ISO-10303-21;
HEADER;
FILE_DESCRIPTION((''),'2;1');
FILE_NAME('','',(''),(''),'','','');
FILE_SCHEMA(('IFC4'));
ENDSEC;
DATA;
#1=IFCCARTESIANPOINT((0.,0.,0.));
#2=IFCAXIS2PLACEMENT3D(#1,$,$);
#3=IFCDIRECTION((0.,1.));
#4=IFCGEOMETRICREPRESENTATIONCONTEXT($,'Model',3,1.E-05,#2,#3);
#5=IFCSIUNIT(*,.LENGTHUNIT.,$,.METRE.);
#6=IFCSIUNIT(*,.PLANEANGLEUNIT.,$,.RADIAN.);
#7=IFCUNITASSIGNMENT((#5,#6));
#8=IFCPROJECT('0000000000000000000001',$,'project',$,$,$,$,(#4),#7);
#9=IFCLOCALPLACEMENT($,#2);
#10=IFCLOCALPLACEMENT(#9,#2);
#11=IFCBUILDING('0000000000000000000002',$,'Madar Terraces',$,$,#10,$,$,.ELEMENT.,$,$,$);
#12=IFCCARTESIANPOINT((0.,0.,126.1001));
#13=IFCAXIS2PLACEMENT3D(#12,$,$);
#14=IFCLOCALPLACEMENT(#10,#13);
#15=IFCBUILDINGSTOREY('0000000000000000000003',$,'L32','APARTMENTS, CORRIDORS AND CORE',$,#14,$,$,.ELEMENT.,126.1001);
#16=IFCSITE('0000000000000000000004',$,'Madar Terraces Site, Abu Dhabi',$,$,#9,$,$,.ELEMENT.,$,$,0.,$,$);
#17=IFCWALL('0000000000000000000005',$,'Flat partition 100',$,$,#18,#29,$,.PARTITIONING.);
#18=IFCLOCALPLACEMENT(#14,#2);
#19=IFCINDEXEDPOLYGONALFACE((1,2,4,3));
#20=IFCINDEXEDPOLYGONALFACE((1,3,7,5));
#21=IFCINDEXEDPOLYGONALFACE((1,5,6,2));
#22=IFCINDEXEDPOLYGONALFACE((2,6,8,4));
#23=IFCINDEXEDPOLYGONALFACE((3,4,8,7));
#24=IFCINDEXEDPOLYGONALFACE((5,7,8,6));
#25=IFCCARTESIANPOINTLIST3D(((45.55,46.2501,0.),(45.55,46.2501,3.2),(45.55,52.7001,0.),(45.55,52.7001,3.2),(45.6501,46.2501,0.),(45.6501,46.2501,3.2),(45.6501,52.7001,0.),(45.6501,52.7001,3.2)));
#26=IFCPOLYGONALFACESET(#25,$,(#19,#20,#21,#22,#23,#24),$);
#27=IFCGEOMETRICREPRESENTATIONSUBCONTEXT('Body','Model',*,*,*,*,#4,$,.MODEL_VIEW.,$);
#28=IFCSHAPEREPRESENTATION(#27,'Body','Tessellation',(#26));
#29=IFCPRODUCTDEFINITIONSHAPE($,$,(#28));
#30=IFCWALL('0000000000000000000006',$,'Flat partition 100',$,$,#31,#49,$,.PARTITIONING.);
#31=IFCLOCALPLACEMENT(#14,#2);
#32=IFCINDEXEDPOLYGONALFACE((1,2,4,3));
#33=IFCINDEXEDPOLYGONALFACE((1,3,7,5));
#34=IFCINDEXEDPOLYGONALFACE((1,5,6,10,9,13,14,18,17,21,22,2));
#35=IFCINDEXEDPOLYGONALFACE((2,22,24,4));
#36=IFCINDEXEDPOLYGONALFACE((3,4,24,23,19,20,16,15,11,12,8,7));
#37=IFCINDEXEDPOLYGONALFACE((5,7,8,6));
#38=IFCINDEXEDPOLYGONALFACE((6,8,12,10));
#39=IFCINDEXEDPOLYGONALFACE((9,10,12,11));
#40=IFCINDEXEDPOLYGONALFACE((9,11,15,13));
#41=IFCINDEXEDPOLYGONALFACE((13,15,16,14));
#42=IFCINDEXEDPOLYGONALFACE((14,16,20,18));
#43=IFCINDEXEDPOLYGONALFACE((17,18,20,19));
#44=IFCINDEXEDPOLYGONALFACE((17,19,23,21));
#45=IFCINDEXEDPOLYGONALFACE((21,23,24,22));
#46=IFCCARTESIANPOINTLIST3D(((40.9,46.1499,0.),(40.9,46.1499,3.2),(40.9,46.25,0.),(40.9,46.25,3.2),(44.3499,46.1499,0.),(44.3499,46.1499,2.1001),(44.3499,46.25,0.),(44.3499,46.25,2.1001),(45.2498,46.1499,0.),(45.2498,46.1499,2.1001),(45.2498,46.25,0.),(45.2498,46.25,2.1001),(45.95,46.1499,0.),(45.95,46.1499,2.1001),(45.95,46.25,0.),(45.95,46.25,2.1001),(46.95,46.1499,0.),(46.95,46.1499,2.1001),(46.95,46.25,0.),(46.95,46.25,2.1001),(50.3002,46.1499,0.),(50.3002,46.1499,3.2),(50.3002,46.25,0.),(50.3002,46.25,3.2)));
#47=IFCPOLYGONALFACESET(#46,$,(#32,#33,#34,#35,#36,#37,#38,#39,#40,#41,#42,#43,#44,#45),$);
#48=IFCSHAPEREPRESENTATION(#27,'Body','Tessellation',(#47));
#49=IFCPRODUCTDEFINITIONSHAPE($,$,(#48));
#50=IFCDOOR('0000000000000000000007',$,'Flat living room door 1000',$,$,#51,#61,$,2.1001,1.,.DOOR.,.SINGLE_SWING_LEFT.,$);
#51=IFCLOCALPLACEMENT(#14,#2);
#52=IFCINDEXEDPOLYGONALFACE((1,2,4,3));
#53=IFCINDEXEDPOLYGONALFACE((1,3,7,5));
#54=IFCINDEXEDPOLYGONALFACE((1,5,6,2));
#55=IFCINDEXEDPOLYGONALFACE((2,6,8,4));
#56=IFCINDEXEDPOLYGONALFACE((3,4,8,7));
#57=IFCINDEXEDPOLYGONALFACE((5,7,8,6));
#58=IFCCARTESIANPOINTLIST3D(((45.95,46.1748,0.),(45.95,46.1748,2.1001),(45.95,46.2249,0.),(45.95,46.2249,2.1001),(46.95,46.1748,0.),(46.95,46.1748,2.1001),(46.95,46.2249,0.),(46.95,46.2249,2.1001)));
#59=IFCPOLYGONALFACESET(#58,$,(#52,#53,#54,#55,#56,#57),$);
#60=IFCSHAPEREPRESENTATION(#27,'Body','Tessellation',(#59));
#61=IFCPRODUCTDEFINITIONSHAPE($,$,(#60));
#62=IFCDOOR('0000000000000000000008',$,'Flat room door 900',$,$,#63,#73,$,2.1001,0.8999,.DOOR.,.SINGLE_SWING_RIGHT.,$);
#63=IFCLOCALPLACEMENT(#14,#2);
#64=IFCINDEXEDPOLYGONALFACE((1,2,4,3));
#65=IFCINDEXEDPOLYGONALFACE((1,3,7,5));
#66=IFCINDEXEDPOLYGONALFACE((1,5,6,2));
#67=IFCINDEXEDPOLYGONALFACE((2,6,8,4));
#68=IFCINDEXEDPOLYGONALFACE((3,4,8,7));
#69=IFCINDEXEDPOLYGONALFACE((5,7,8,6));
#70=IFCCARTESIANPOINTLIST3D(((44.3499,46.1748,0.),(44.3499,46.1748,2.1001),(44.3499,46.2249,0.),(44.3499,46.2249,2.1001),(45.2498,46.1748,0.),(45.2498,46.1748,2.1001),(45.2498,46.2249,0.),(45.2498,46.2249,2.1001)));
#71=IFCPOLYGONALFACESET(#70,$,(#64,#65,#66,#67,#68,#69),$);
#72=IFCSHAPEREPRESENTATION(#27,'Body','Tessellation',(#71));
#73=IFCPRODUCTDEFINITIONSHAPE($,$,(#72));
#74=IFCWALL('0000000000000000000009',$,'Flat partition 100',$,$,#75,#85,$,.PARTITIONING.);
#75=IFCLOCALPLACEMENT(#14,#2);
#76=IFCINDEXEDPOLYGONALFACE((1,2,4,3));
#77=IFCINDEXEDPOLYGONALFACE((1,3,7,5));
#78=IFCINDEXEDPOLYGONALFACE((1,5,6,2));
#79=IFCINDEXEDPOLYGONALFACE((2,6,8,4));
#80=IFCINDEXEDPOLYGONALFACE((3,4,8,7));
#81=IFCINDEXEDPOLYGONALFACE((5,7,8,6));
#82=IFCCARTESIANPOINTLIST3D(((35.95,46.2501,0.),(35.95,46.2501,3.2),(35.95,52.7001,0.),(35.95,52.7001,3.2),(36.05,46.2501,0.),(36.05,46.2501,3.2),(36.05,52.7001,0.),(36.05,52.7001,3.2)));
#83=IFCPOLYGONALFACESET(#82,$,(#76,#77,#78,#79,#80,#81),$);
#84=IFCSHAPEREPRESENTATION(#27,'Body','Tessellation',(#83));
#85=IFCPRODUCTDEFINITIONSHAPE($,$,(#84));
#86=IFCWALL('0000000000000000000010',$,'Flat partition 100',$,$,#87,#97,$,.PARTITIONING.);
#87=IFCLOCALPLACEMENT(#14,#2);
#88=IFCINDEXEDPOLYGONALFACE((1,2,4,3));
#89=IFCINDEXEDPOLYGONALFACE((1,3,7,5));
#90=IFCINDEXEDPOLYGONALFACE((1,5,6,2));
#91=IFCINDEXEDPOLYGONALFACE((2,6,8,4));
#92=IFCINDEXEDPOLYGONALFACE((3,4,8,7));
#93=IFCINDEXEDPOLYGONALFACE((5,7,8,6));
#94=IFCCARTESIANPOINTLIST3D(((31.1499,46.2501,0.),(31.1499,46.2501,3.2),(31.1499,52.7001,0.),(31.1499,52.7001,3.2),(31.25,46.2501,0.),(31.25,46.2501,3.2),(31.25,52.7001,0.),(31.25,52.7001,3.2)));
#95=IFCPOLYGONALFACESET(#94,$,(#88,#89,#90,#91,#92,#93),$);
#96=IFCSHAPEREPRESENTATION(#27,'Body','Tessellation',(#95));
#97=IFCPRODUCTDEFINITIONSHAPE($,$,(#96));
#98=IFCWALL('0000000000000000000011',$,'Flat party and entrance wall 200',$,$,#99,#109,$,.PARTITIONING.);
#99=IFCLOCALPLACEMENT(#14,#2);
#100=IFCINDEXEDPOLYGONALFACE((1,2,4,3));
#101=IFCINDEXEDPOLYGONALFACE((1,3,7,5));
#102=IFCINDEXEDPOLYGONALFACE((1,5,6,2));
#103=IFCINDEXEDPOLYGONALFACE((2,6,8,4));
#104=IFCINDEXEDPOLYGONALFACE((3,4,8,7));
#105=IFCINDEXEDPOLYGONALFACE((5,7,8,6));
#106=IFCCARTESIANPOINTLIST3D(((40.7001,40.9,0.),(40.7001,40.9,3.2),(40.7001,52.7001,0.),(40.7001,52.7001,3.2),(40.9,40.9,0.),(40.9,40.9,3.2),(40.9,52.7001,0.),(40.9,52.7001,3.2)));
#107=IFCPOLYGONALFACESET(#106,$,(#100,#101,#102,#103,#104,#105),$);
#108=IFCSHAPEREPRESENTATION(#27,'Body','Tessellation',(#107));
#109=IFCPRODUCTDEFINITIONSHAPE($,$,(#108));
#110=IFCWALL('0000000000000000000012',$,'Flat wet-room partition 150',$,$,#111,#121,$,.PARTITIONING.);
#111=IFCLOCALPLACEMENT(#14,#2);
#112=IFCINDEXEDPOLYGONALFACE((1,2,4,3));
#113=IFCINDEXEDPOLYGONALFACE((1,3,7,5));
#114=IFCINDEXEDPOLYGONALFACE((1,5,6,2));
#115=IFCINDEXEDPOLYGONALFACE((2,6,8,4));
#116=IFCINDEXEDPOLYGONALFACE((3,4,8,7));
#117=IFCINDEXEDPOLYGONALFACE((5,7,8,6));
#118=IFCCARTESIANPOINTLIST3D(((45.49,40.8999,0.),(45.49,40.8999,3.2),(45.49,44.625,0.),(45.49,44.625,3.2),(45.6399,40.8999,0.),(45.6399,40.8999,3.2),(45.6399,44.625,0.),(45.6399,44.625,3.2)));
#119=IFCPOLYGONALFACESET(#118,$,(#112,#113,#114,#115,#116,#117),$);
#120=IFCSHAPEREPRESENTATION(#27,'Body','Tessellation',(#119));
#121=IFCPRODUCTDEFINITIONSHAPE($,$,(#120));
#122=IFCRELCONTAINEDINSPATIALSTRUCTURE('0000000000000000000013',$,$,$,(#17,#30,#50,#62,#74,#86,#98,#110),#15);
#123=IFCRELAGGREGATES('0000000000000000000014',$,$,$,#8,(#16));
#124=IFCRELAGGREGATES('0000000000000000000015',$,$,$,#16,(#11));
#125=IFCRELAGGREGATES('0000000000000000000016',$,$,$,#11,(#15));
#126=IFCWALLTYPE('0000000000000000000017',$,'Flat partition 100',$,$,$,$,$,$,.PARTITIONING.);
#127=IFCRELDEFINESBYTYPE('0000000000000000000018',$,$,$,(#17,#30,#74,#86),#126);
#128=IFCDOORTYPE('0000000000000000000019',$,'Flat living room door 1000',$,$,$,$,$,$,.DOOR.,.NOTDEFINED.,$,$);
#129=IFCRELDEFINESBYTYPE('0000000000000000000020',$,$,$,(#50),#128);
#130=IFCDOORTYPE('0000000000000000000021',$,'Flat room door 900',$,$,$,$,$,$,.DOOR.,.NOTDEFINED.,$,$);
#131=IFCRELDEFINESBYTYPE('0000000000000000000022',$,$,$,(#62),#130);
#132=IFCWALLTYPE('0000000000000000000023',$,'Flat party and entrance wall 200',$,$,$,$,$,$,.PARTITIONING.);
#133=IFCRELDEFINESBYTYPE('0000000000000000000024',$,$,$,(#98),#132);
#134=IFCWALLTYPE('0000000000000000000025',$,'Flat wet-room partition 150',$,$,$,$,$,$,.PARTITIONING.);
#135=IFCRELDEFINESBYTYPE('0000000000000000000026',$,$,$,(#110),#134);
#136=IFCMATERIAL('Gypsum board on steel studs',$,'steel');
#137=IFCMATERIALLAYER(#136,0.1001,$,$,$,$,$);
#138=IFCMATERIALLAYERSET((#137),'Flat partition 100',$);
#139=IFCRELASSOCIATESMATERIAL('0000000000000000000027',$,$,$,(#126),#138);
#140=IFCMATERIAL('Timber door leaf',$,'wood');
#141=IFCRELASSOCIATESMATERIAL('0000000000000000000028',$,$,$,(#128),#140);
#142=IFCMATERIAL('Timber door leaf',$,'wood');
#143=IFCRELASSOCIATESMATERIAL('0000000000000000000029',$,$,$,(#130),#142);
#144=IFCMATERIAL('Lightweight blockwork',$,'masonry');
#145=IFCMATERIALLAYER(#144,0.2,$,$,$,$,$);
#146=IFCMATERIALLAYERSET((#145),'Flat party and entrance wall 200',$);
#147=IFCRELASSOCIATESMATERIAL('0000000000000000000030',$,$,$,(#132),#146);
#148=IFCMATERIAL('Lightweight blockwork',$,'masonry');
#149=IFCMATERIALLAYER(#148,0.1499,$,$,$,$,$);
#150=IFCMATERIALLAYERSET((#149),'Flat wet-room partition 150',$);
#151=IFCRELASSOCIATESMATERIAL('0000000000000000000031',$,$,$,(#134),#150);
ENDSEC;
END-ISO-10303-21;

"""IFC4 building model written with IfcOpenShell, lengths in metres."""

from ifc_helpers import new_model, si_unit, direction, frame, frame_2d, origin, place, context, subcontext, project, spatial, rectangle, extrude, material, layer, layer_set, type_object, element, fill, save


model = new_model("IFC4")

# Units and contexts
model_context = context("Model", 3, precision=1e-05, world=origin(), true_north=direction((0.0, 1.0)))
body_context = subcontext(model_context, "Body", "Model", "MODEL_VIEW")
ifc_project = project(units=[si_unit("LENGTHUNIT", "METRE"), si_unit("PLANEANGLEUNIT", "RADIAN")], contexts=[model_context])

# Site, building, storey
site_placement = place(None, origin())
site = spatial("IfcSite", under=ifc_project, at=site_placement, Name="Madar Terraces Site, Abu Dhabi", CompositionType="ELEMENT", RefElevation=0.0)
building_placement = place(site_placement, origin())
building = spatial("IfcBuilding", under=site, at=building_placement, Name="Madar Terraces", CompositionType="ELEMENT")
storey_placement = place(building_placement, frame((0.0, 0.0, 126.1001)))
storey = spatial("IfcBuildingStorey", under=building, at=storey_placement, Name="L32", Description="APARTMENTS, CORRIDORS AND CORE", CompositionType="ELEMENT", Elevation=126.1001)

# Wall
ifc_material_1 = material(Name="Gypsum board on steel studs", Category="steel")
ifc_layer_1 = layer(ifc_material_1, 0.1001)
ifc_layer_set_1 = layer_set([ifc_layer_1], Name="Flat partition 100")
wall_type_1 = type_object("IfcWallType", Name="Flat partition 100", PredefinedType="PARTITIONING", material=ifc_layer_set_1)
wall_1_placement = place(storey_placement, frame((45.6001, 46.25, 0.0), z_axis=(0.0, 0.0, 1.0), x_axis=(0.0, 1.0, 0.0)))
element("IfcWall", 1, at=wall_1_placement, inside=storey, type_object=wall_type_1, Name="Flat partition 100", PredefinedType="PARTITIONING", context=body_context, shape_type="SweptSolid", body=[
    extrude(rectangle(XDim=6.45, YDim=0.1001, at=frame_2d((3.2251, 0.0))), origin(), (0.0, 0.0, 1.0), 3.2),
])

# Wall, openings, doors
wall_2_placement = place(storey_placement, frame((40.8999, 46.2, 0.0), z_axis=(0.0, 0.0, 1.0), x_axis=(1.0, 0.0, 0.0)))
wall_2 = element("IfcWall", 2, at=wall_2_placement, inside=storey, type_object=wall_type_1, Name="Flat partition 100", PredefinedType="PARTITIONING", context=body_context, shape_type="SweptSolid", body=[
    extrude(rectangle(XDim=9.4001, YDim=0.1001, at=frame_2d((4.7002, 0.0))), origin(), (0.0, 0.0, 1.0), 3.2),
])
opening_1_placement = place(wall_2_placement, frame((5.05, 0.0, 0.0)))
opening_1 = element("IfcOpeningElement", 3, at=opening_1_placement, cuts=wall_2, PredefinedType="OPENING", context=body_context, shape_type="SweptSolid", body=[
    extrude(rectangle(XDim=1.0, YDim=2.1001, at=frame_2d((0.5, 1.05))), frame((0.0, 0.0601, 0.0), z_axis=(0.0, -1.0, 0.0), x_axis=(1.0, 0.0, 0.0)), (0.0, 0.0, 1.0), 0.1201),
])
opening_2_placement = place(wall_2_placement, frame((3.45, 0.0, 0.0)))
opening_2 = element("IfcOpeningElement", 4, at=opening_2_placement, cuts=wall_2, PredefinedType="OPENING", context=body_context, shape_type="SweptSolid", body=[
    extrude(rectangle(XDim=0.8999, YDim=2.1001, at=frame_2d((0.45, 1.05))), frame((0.0, 0.0601, 0.0), z_axis=(0.0, -1.0, 0.0), x_axis=(1.0, 0.0, 0.0)), (0.0, 0.0, 1.0), 0.1201),
])
ifc_material_2 = material(Name="Timber door leaf", Category="wood")
door_type_1 = type_object("IfcDoorType", Name="Flat living room door 1000", OperationType="NOTDEFINED", PredefinedType="DOOR", material=ifc_material_2)
door_1_placement = place(opening_1_placement, origin())
door_1 = element("IfcDoor", 5, at=door_1_placement, inside=storey, type_object=door_type_1, Name="Flat living room door 1000", OperationType="SINGLE_SWING_LEFT", OverallHeight=2.1001, OverallWidth=1.0, PredefinedType="DOOR", context=body_context, shape_type="SweptSolid", body=[
    extrude(rectangle(XDim=1.0, YDim=2.1001, at=frame_2d((0.5, 1.05))), frame((0.0, 0.0249, 0.0), z_axis=(0.0, -1.0, 0.0), x_axis=(1.0, 0.0, 0.0)), (0.0, 0.0, 1.0), 0.05),
])
fill(opening_1, door_1)
ifc_material_3 = material(Name="Timber door leaf", Category="wood")
door_type_2 = type_object("IfcDoorType", Name="Flat room door 900", OperationType="NOTDEFINED", PredefinedType="DOOR", material=ifc_material_3)
door_2_placement = place(opening_2_placement, origin())
door_2 = element("IfcDoor", 6, at=door_2_placement, inside=storey, type_object=door_type_2, Name="Flat room door 900", OperationType="SINGLE_SWING_RIGHT", OverallHeight=2.1001, OverallWidth=0.8999, PredefinedType="DOOR", context=body_context, shape_type="SweptSolid", body=[
    extrude(rectangle(XDim=0.8999, YDim=2.1001, at=frame_2d((0.45, 1.05))), frame((0.0, 0.0249, 0.0), z_axis=(0.0, -1.0, 0.0), x_axis=(1.0, 0.0, 0.0)), (0.0, 0.0, 1.0), 0.05),
])
fill(opening_2, door_2)

# Walls
for number, where, z_axis, x_axis, name in (
    (7, (36.0, 46.25, 0.0), (0.0, 0.0, 1.0), (0.0, 1.0, 0.0), "Flat partition 100"),
    (8, (31.2, 46.25, 0.0), (0.0, 0.0, 1.0), (0.0, 1.0, 0.0), "Flat partition 100"),
):
    element("IfcWall", number, at=place(storey_placement, frame(where, z_axis=z_axis, x_axis=x_axis)), inside=storey, type_object=wall_type_1, Name=name, PredefinedType="PARTITIONING", context=body_context, shape_type="SweptSolid", body=[
        extrude(rectangle(XDim=6.45, YDim=0.1001, at=frame_2d((3.2251, 0.0))), origin(), (0.0, 0.0, 1.0), 3.2),
    ])
ifc_material_4 = material(Name="Lightweight blockwork", Category="masonry")
ifc_layer_2 = layer(ifc_material_4, 0.2)
ifc_layer_set_2 = layer_set([ifc_layer_2], Name="Flat party and entrance wall 200")
wall_type_2 = type_object("IfcWallType", Name="Flat party and entrance wall 200", PredefinedType="PARTITIONING", material=ifc_layer_set_2)
wall_3_placement = place(storey_placement, frame((40.8, 52.7, 0.0), z_axis=(0.0, 0.0, 1.0), x_axis=(0.0, -1.0, 0.0)))
element("IfcWall", 9, at=wall_3_placement, inside=storey, type_object=wall_type_2, Name="Flat party and entrance wall 200", PredefinedType="PARTITIONING", context=body_context, shape_type="SweptSolid", body=[
    extrude(rectangle(XDim=11.8, YDim=0.2, at=frame_2d((5.8999, 0.0))), origin(), (0.0, 0.0, 1.0), 3.2),
])
ifc_material_5 = material(Name="Lightweight blockwork", Category="masonry")
ifc_layer_3 = layer(ifc_material_5, 0.1499)
ifc_layer_set_3 = layer_set([ifc_layer_3], Name="Flat wet-room partition 150")
wall_type_3 = type_object("IfcWallType", Name="Flat wet-room partition 150", PredefinedType="PARTITIONING", material=ifc_layer_set_3)
wall_4_placement = place(storey_placement, frame((45.5649, 40.8999, 0.0), z_axis=(0.0, 0.0, 1.0), x_axis=(0.0, 1.0, 0.0)))
element("IfcWall", 10, at=wall_4_placement, inside=storey, type_object=wall_type_3, Name="Flat wet-room partition 150", PredefinedType="PARTITIONING", context=body_context, shape_type="SweptSolid", body=[
    extrude(rectangle(XDim=3.7251, YDim=0.1499, at=frame_2d((1.8625, 0.0))), origin(), (0.0, 0.0, 1.0), 3.2),
])

save(model, "model.ifc")
